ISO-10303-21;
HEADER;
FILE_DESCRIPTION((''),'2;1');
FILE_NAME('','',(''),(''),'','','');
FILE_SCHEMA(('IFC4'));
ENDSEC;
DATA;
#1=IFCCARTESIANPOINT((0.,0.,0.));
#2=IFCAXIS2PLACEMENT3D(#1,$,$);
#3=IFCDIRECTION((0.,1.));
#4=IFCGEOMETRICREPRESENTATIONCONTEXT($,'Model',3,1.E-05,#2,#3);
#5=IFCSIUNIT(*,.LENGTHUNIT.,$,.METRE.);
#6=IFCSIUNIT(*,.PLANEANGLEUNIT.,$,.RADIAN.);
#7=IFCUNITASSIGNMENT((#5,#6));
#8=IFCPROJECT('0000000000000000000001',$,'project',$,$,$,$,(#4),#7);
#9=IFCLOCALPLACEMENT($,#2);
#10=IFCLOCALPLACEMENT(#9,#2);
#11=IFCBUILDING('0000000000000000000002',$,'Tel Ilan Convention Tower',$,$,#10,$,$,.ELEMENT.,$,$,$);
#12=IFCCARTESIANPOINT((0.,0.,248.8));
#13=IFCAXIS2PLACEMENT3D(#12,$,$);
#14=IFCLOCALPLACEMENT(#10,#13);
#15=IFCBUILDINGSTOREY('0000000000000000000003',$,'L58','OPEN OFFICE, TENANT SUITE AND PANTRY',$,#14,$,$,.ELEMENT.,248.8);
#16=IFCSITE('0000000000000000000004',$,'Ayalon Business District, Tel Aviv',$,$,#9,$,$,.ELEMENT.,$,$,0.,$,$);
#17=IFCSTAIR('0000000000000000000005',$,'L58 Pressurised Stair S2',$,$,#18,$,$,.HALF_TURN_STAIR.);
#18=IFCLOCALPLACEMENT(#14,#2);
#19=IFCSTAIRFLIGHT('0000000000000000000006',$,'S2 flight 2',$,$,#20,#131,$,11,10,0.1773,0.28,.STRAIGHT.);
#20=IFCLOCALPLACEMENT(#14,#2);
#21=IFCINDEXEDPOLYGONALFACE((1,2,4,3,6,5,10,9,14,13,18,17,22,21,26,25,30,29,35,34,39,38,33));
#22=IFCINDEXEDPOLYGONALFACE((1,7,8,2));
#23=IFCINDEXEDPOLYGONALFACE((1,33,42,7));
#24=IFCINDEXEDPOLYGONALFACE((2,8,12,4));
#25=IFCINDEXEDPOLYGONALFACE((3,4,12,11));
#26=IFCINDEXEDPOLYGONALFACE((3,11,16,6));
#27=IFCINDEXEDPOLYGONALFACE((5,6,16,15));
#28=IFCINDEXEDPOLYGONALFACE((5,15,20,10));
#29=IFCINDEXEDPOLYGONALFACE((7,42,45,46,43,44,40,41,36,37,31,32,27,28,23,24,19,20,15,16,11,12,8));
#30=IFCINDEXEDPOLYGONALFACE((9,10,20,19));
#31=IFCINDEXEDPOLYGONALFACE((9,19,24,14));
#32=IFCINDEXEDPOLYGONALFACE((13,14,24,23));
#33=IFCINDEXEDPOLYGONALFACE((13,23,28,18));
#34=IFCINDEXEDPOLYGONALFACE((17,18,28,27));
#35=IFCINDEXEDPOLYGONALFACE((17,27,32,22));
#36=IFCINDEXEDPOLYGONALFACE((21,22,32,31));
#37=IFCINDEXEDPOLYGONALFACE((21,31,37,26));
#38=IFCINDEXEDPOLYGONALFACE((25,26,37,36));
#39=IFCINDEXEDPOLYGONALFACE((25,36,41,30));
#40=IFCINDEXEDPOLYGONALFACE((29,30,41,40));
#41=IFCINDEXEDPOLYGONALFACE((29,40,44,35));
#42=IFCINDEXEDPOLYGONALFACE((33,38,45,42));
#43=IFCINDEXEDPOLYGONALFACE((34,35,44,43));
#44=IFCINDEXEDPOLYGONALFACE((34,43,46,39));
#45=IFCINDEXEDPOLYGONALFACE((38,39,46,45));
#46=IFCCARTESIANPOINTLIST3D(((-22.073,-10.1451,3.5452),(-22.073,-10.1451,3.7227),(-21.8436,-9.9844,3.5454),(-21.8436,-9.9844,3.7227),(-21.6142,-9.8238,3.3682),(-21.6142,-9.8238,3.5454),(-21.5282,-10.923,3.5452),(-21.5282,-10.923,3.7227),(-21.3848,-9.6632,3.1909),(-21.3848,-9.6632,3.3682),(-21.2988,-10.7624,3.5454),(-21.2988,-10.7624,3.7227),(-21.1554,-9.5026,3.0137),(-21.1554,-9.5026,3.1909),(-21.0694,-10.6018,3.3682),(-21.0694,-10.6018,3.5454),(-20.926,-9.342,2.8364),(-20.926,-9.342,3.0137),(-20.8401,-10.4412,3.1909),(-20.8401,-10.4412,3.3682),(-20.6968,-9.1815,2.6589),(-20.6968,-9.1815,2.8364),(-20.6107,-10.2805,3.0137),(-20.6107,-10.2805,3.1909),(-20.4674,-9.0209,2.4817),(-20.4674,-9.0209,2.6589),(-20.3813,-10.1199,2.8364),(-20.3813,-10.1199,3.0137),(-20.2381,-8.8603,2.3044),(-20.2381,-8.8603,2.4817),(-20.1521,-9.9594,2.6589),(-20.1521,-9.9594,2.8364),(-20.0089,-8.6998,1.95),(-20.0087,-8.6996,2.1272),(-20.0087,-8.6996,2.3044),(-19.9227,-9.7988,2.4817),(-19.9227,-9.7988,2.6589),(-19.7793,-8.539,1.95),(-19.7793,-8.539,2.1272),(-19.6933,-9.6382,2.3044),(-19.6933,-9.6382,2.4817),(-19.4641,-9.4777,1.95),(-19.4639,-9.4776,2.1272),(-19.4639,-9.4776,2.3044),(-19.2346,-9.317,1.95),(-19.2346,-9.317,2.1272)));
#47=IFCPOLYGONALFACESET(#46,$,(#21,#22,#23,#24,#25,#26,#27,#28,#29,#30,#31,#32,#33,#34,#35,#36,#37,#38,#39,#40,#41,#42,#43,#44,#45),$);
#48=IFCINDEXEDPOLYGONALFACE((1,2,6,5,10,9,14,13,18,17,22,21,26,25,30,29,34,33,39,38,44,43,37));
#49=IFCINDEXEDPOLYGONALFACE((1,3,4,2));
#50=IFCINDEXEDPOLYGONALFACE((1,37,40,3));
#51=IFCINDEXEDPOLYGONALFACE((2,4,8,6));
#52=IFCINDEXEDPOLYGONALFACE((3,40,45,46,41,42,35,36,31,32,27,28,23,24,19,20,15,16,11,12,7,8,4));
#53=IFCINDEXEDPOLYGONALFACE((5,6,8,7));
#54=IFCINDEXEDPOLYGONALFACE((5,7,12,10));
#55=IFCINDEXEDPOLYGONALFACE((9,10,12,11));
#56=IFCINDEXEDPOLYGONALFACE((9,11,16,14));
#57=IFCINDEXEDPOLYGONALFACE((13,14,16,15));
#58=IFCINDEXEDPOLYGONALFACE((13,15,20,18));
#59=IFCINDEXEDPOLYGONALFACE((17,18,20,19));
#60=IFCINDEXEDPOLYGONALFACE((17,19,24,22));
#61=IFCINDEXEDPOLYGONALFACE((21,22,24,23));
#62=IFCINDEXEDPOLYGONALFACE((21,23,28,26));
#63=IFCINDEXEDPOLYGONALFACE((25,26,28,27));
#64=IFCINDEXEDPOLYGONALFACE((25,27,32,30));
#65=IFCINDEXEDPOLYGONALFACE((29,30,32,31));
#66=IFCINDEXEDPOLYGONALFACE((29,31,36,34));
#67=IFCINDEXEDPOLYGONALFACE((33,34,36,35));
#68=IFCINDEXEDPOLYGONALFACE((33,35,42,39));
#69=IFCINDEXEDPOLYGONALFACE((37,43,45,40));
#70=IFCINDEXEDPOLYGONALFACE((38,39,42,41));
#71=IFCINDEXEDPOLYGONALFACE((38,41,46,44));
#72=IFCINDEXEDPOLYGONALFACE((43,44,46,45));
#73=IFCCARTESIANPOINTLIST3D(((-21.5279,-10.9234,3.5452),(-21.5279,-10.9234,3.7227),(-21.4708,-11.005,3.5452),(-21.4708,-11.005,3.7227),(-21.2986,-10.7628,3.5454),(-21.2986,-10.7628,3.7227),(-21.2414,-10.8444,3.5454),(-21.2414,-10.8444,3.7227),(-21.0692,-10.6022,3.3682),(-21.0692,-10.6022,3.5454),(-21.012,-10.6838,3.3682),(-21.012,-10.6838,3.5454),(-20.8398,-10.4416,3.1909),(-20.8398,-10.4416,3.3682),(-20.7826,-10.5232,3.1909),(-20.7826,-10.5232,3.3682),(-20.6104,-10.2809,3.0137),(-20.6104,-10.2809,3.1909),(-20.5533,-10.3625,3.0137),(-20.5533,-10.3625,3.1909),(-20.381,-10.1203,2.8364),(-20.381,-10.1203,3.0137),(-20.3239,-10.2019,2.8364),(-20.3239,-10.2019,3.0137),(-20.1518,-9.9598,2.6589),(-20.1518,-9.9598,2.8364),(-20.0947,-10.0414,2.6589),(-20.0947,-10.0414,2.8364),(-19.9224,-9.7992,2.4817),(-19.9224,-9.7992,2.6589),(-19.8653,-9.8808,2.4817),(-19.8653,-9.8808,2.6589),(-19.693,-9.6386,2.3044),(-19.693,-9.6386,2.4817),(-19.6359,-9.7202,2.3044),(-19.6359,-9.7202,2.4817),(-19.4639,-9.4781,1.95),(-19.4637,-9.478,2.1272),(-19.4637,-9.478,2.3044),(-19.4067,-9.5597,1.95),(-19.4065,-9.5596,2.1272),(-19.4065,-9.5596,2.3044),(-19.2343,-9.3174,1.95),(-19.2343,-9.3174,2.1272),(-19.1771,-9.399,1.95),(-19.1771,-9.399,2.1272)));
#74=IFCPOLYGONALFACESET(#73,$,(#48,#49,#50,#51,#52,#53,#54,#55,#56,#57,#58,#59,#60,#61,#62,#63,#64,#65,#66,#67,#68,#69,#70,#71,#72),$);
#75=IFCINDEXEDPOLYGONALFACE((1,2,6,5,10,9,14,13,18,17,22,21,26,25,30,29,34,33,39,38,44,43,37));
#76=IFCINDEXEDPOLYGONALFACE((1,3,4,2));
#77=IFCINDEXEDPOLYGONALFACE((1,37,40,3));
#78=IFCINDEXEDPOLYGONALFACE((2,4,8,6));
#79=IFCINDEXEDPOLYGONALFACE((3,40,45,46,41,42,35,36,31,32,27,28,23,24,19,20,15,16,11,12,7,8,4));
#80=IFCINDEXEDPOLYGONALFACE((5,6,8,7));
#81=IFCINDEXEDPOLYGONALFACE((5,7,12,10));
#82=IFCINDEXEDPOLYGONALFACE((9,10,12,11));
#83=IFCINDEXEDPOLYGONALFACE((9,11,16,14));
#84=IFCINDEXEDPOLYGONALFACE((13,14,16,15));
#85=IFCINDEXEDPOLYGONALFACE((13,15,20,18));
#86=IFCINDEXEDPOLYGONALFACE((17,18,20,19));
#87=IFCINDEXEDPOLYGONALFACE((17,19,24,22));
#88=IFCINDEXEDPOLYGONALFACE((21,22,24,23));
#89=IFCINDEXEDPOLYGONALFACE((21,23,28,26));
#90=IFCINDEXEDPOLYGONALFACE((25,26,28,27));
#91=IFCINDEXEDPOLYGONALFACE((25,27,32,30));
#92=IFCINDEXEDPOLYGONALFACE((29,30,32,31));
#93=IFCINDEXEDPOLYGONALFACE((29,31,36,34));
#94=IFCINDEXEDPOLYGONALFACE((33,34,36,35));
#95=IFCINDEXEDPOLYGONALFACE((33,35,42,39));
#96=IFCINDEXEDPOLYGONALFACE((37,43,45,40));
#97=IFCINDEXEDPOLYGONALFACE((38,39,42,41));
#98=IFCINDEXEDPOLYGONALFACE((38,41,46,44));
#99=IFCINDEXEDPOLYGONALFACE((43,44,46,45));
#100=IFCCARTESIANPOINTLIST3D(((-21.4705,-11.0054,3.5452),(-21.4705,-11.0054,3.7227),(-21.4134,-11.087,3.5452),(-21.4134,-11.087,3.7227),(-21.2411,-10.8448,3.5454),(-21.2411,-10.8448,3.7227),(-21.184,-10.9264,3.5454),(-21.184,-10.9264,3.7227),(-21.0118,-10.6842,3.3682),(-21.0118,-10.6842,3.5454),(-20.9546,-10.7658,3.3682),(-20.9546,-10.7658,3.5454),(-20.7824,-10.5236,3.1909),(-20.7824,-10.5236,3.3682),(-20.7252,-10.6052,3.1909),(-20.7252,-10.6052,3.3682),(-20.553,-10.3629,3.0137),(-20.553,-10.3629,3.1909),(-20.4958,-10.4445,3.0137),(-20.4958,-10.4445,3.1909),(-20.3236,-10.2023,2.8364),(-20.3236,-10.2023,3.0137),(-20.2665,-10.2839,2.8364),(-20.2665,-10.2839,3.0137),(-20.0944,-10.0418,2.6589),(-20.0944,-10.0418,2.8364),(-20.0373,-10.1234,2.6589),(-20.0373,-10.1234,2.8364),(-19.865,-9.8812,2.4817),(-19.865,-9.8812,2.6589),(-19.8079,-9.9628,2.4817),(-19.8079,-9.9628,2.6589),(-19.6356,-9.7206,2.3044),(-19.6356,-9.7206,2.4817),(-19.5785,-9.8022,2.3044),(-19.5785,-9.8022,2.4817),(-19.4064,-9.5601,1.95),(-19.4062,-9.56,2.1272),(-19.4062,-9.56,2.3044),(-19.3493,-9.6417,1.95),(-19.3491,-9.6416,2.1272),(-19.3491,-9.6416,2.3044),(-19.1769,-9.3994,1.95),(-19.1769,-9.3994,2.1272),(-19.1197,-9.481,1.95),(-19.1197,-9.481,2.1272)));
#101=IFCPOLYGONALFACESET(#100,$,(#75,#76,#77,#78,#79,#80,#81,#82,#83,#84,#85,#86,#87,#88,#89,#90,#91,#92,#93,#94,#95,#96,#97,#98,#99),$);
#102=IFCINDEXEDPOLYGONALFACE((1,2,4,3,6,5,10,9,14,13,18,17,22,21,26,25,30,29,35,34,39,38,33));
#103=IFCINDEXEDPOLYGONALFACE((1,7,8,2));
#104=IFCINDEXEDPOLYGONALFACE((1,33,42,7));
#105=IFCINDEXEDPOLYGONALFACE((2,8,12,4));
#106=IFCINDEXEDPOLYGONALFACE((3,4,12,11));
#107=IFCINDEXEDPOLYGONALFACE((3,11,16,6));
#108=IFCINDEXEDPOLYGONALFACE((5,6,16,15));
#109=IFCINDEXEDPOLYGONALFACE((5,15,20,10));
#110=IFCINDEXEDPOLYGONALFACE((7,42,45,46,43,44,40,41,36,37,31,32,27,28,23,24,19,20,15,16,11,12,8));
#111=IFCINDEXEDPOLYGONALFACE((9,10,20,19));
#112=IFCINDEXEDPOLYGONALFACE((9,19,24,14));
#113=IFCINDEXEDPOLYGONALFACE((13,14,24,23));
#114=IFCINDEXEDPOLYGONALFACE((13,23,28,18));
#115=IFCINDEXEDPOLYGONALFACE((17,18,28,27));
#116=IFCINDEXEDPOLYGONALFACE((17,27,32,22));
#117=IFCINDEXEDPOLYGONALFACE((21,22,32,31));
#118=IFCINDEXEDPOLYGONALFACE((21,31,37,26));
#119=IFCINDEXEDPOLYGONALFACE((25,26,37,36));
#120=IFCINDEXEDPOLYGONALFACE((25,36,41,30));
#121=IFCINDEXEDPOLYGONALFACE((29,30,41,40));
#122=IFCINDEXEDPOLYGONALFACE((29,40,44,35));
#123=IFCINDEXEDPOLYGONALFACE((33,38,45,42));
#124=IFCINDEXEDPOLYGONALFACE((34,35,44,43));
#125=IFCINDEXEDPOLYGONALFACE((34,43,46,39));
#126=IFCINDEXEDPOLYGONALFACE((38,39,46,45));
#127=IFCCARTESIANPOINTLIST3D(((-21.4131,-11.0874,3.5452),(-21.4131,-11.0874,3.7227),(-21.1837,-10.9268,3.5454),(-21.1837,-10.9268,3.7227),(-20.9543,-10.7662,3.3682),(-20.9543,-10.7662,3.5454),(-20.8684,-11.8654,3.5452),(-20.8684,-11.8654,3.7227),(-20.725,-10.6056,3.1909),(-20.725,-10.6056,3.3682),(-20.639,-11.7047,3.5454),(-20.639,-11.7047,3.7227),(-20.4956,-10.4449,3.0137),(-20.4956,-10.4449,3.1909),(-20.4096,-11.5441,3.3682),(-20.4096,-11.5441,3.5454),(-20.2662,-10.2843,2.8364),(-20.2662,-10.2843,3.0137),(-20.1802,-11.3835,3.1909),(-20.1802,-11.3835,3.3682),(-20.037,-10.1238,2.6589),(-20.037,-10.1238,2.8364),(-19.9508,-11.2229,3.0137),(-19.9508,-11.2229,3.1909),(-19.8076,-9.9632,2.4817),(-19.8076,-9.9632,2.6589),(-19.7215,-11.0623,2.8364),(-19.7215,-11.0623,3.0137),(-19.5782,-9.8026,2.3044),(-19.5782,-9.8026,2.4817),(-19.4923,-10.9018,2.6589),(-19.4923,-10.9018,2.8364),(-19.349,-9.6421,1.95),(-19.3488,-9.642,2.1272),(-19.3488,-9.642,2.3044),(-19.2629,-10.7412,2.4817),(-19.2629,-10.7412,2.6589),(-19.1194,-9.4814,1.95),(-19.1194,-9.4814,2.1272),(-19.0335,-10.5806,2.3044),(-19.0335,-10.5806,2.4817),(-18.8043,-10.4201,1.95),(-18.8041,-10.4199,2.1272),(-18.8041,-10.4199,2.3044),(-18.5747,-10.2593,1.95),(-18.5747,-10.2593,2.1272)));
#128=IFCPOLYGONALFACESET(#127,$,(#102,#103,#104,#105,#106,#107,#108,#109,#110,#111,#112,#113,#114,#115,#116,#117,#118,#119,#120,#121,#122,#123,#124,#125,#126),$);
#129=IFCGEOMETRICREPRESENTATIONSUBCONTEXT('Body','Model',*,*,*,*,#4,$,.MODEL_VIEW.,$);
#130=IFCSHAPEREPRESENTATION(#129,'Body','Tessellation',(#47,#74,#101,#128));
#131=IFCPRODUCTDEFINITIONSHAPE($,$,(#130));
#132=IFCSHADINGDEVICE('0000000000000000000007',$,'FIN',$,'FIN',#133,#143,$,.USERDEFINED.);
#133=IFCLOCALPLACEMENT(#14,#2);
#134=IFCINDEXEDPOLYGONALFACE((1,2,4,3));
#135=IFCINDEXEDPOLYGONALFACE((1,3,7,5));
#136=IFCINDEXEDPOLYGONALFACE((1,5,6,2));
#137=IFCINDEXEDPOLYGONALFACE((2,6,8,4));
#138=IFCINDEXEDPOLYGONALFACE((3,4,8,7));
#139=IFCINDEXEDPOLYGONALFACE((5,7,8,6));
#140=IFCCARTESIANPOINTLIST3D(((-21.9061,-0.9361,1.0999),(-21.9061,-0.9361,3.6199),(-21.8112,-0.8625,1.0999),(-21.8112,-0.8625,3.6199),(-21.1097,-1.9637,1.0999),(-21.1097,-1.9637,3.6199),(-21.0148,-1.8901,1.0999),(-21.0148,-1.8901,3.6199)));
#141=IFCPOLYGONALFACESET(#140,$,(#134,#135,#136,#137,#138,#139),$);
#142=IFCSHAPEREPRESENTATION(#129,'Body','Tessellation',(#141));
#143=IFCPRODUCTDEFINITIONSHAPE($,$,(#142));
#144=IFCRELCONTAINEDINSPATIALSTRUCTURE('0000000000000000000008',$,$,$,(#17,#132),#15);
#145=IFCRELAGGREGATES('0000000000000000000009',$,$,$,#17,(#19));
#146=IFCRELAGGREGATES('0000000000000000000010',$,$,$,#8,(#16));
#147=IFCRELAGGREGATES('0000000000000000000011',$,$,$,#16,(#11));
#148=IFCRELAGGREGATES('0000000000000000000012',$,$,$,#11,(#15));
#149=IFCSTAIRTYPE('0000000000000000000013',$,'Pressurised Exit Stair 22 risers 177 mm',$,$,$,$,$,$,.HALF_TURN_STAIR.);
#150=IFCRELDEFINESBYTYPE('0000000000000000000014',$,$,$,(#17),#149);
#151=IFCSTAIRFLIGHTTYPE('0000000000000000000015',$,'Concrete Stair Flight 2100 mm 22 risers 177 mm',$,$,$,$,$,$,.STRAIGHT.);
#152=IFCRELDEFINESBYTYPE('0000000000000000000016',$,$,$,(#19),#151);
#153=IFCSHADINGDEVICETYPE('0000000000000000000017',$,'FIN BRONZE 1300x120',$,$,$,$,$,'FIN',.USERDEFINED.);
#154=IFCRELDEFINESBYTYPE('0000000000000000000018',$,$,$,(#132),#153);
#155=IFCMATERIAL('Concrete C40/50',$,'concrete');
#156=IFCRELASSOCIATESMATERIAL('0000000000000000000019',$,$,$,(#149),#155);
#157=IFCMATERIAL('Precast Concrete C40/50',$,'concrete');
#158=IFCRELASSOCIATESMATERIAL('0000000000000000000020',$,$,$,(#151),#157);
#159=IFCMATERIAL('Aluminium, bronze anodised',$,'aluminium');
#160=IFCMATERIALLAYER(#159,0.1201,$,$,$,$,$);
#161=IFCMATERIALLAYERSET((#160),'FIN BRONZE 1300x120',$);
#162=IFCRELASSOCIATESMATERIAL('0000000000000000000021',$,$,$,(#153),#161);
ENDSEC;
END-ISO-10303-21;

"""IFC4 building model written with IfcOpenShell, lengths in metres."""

from ifc_helpers import new_model, si_unit, direction, frame, origin, origin_2d, place, context, subcontext, project, spatial, polyline, rectangle, outline, extrude, material, layer, layer_set, type_object, element, aggregate, save


model = new_model("IFC4")

# Units and contexts
model_context = context("Model", 3, precision=1e-05, world=origin(), true_north=direction((0.0, 1.0)))
body_context = subcontext(model_context, "Body", "Model", "MODEL_VIEW")
ifc_project = project(units=[si_unit("LENGTHUNIT", "METRE"), si_unit("PLANEANGLEUNIT", "RADIAN")], contexts=[model_context])

# Site, building, storey
site_placement = place(None, origin())
site = spatial("IfcSite", under=ifc_project, at=site_placement, Name="Ayalon Business District, Tel Aviv", CompositionType="ELEMENT", RefElevation=0.0)
building_placement = place(site_placement, origin())
building = spatial("IfcBuilding", under=site, at=building_placement, Name="Tel Ilan Convention Tower", CompositionType="ELEMENT")
storey_placement = place(building_placement, frame((0.0, 0.0, 248.8)))
storey = spatial("IfcBuildingStorey", under=building, at=storey_placement, Name="L58", Description="OPEN OFFICE, TENANT SUITE AND PANTRY", CompositionType="ELEMENT", Elevation=248.8)

# Shared definitions
ifc_material_1 = material(Name="Concrete C40/50", Category="concrete")
stair_type = type_object("IfcStairType", Name="Pressurised Exit Stair 22 risers 177 mm", PredefinedType="HALF_TURN_STAIR", material=ifc_material_1)
ifc_material_2 = material(Name="Precast Concrete C40/50", Category="concrete")
stair_flight_type = type_object("IfcStairFlightType", Name="Concrete Stair Flight 2100 mm 22 risers 177 mm", PredefinedType="STRAIGHT", material=ifc_material_2)

# Stair, stair flight
stair_1_placement = place(storey_placement, origin())
stair_1 = element("IfcStair", 1, at=stair_1_placement, inside=storey, type_object=stair_type, Name="L58 Pressurised Stair S2", PredefinedType="HALF_TURN_STAIR")
stair_flight_1_placement = place(storey_placement, frame((-19.177, -9.3992, 1.95), z_axis=(0.0, 0.0, 1.0), x_axis=(-0.819152, -0.573576, 0.0)))
stair_flight_1 = element("IfcStairFlight", 2, at=stair_flight_1_placement, type_object=stair_flight_type, Name="S2 flight 2", NumberOfRisers=11, NumberOfTreads=10, PredefinedType="STRAIGHT", RiserHeight=0.1773, TreadLength=0.28, context=body_context, shape_type="SweptSolid", body=[
    extrude(outline(polyline([(0.0, 0.0), (0.0, 0.1772), (0.28, 0.1772), (0.28, 0.3545), (0.5601, 0.3545), (0.5601, 0.5317), (0.8401, 0.5317), (0.8401, 0.709), (1.1201, 0.709), (1.1201, 0.8865), (1.3999, 0.8865), (1.3999, 1.0637), (1.6799, 1.0637), (1.6799, 1.241), (1.96, 1.241), (1.96, 1.4182), (2.24, 1.4182), (2.24, 1.5955), (2.52, 1.5955), (2.52, 1.7727), (2.8, 1.7727), (2.8, 1.95), (2.8, 1.5952), (0.2803, 0.0), (0.0, 0.0)])), frame((0.0, -0.1003, 0.0), z_axis=(0.0, -1.0, 0.0), x_axis=(1.0, 0.0, 0.0)), (0.0, 0.0, 1.0), 0.9497),
    extrude(outline(polyline([(0.0, 0.0), (0.0, 0.1772), (0.28, 0.1772), (0.28, 0.3545), (0.5601, 0.3545), (0.5601, 0.5317), (0.8401, 0.5317), (0.8401, 0.709), (1.1201, 0.709), (1.1201, 0.8865), (1.3999, 0.8865), (1.3999, 1.0637), (1.6799, 1.0637), (1.6799, 1.241), (1.96, 1.241), (1.96, 1.4182), (2.24, 1.4182), (2.24, 1.5955), (2.52, 1.5955), (2.52, 1.7727), (2.8, 1.7727), (2.8, 1.95), (2.8, 1.5952), (0.2803, 0.0), (0.0, 0.0)])), frame((0.0, -0.0002, 0.0), z_axis=(0.0, -1.0, 0.0), x_axis=(1.0, 0.0, 0.0)), (0.0, 0.0, 1.0), 0.0996),
    extrude(outline(polyline([(0.0, 0.0), (0.0, 0.1772), (0.28, 0.1772), (0.28, 0.3545), (0.5601, 0.3545), (0.5601, 0.5317), (0.8401, 0.5317), (0.8401, 0.709), (1.1201, 0.709), (1.1201, 0.8865), (1.3999, 0.8865), (1.3999, 1.0637), (1.6799, 1.0637), (1.6799, 1.241), (1.96, 1.241), (1.96, 1.4182), (2.24, 1.4182), (2.24, 1.5955), (2.52, 1.5955), (2.52, 1.7727), (2.8, 1.7727), (2.8, 1.95), (2.8, 1.5952), (0.2803, 0.0), (0.0, 0.0)])), frame((0.0, 0.0999, 0.0), z_axis=(0.0, -1.0, 0.0), x_axis=(1.0, 0.0, 0.0)), (0.0, 0.0, 1.0), 0.0996),
    extrude(outline(polyline([(0.0, 0.0), (0.0, 0.1772), (0.28, 0.1772), (0.28, 0.3545), (0.5601, 0.3545), (0.5601, 0.5317), (0.8401, 0.5317), (0.8401, 0.709), (1.1201, 0.709), (1.1201, 0.8865), (1.3999, 0.8865), (1.3999, 1.0637), (1.6799, 1.0637), (1.6799, 1.241), (1.96, 1.241), (1.96, 1.4182), (2.24, 1.4182), (2.24, 1.5955), (2.52, 1.5955), (2.52, 1.7727), (2.8, 1.7727), (2.8, 1.95), (2.8, 1.5952), (0.2803, 0.0), (0.0, 0.0)])), frame((0.0, 1.05, 0.0), z_axis=(0.0, -1.0, 0.0), x_axis=(1.0, 0.0, 0.0)), (0.0, 0.0, 1.0), 0.9497),
])
aggregate(stair_1, [stair_flight_1])

# Shading device
ifc_material_3 = material(Name="Aluminium, bronze anodised", Category="aluminium")
ifc_layer_1 = layer(ifc_material_3, 0.1201)
ifc_layer_set_1 = layer_set([ifc_layer_1], Name="FIN BRONZE 1300x120")
shading_device_type = type_object("IfcShadingDeviceType", Name="FIN BRONZE 1300x120", ElementType="FIN", PredefinedType="USERDEFINED", material=ifc_layer_set_1)
shading_device_placement = place(storey_placement, frame((-21.4604, -1.4131, 1.0999), z_axis=(0.0, 0.0, 1.0), x_axis=(-0.612601, 0.790393, 0.0)))
element("IfcShadingDevice", 3, at=shading_device_placement, inside=storey, type_object=shading_device_type, Name="FIN", ObjectType="FIN", PredefinedType="USERDEFINED", context=body_context, shape_type="SweptSolid", body=[
    extrude(rectangle(XDim=1.3, YDim=0.1201, at=origin_2d()), origin(), (0.0, 0.0, 1.0), 2.52),
])

save(model, "model.ifc")
